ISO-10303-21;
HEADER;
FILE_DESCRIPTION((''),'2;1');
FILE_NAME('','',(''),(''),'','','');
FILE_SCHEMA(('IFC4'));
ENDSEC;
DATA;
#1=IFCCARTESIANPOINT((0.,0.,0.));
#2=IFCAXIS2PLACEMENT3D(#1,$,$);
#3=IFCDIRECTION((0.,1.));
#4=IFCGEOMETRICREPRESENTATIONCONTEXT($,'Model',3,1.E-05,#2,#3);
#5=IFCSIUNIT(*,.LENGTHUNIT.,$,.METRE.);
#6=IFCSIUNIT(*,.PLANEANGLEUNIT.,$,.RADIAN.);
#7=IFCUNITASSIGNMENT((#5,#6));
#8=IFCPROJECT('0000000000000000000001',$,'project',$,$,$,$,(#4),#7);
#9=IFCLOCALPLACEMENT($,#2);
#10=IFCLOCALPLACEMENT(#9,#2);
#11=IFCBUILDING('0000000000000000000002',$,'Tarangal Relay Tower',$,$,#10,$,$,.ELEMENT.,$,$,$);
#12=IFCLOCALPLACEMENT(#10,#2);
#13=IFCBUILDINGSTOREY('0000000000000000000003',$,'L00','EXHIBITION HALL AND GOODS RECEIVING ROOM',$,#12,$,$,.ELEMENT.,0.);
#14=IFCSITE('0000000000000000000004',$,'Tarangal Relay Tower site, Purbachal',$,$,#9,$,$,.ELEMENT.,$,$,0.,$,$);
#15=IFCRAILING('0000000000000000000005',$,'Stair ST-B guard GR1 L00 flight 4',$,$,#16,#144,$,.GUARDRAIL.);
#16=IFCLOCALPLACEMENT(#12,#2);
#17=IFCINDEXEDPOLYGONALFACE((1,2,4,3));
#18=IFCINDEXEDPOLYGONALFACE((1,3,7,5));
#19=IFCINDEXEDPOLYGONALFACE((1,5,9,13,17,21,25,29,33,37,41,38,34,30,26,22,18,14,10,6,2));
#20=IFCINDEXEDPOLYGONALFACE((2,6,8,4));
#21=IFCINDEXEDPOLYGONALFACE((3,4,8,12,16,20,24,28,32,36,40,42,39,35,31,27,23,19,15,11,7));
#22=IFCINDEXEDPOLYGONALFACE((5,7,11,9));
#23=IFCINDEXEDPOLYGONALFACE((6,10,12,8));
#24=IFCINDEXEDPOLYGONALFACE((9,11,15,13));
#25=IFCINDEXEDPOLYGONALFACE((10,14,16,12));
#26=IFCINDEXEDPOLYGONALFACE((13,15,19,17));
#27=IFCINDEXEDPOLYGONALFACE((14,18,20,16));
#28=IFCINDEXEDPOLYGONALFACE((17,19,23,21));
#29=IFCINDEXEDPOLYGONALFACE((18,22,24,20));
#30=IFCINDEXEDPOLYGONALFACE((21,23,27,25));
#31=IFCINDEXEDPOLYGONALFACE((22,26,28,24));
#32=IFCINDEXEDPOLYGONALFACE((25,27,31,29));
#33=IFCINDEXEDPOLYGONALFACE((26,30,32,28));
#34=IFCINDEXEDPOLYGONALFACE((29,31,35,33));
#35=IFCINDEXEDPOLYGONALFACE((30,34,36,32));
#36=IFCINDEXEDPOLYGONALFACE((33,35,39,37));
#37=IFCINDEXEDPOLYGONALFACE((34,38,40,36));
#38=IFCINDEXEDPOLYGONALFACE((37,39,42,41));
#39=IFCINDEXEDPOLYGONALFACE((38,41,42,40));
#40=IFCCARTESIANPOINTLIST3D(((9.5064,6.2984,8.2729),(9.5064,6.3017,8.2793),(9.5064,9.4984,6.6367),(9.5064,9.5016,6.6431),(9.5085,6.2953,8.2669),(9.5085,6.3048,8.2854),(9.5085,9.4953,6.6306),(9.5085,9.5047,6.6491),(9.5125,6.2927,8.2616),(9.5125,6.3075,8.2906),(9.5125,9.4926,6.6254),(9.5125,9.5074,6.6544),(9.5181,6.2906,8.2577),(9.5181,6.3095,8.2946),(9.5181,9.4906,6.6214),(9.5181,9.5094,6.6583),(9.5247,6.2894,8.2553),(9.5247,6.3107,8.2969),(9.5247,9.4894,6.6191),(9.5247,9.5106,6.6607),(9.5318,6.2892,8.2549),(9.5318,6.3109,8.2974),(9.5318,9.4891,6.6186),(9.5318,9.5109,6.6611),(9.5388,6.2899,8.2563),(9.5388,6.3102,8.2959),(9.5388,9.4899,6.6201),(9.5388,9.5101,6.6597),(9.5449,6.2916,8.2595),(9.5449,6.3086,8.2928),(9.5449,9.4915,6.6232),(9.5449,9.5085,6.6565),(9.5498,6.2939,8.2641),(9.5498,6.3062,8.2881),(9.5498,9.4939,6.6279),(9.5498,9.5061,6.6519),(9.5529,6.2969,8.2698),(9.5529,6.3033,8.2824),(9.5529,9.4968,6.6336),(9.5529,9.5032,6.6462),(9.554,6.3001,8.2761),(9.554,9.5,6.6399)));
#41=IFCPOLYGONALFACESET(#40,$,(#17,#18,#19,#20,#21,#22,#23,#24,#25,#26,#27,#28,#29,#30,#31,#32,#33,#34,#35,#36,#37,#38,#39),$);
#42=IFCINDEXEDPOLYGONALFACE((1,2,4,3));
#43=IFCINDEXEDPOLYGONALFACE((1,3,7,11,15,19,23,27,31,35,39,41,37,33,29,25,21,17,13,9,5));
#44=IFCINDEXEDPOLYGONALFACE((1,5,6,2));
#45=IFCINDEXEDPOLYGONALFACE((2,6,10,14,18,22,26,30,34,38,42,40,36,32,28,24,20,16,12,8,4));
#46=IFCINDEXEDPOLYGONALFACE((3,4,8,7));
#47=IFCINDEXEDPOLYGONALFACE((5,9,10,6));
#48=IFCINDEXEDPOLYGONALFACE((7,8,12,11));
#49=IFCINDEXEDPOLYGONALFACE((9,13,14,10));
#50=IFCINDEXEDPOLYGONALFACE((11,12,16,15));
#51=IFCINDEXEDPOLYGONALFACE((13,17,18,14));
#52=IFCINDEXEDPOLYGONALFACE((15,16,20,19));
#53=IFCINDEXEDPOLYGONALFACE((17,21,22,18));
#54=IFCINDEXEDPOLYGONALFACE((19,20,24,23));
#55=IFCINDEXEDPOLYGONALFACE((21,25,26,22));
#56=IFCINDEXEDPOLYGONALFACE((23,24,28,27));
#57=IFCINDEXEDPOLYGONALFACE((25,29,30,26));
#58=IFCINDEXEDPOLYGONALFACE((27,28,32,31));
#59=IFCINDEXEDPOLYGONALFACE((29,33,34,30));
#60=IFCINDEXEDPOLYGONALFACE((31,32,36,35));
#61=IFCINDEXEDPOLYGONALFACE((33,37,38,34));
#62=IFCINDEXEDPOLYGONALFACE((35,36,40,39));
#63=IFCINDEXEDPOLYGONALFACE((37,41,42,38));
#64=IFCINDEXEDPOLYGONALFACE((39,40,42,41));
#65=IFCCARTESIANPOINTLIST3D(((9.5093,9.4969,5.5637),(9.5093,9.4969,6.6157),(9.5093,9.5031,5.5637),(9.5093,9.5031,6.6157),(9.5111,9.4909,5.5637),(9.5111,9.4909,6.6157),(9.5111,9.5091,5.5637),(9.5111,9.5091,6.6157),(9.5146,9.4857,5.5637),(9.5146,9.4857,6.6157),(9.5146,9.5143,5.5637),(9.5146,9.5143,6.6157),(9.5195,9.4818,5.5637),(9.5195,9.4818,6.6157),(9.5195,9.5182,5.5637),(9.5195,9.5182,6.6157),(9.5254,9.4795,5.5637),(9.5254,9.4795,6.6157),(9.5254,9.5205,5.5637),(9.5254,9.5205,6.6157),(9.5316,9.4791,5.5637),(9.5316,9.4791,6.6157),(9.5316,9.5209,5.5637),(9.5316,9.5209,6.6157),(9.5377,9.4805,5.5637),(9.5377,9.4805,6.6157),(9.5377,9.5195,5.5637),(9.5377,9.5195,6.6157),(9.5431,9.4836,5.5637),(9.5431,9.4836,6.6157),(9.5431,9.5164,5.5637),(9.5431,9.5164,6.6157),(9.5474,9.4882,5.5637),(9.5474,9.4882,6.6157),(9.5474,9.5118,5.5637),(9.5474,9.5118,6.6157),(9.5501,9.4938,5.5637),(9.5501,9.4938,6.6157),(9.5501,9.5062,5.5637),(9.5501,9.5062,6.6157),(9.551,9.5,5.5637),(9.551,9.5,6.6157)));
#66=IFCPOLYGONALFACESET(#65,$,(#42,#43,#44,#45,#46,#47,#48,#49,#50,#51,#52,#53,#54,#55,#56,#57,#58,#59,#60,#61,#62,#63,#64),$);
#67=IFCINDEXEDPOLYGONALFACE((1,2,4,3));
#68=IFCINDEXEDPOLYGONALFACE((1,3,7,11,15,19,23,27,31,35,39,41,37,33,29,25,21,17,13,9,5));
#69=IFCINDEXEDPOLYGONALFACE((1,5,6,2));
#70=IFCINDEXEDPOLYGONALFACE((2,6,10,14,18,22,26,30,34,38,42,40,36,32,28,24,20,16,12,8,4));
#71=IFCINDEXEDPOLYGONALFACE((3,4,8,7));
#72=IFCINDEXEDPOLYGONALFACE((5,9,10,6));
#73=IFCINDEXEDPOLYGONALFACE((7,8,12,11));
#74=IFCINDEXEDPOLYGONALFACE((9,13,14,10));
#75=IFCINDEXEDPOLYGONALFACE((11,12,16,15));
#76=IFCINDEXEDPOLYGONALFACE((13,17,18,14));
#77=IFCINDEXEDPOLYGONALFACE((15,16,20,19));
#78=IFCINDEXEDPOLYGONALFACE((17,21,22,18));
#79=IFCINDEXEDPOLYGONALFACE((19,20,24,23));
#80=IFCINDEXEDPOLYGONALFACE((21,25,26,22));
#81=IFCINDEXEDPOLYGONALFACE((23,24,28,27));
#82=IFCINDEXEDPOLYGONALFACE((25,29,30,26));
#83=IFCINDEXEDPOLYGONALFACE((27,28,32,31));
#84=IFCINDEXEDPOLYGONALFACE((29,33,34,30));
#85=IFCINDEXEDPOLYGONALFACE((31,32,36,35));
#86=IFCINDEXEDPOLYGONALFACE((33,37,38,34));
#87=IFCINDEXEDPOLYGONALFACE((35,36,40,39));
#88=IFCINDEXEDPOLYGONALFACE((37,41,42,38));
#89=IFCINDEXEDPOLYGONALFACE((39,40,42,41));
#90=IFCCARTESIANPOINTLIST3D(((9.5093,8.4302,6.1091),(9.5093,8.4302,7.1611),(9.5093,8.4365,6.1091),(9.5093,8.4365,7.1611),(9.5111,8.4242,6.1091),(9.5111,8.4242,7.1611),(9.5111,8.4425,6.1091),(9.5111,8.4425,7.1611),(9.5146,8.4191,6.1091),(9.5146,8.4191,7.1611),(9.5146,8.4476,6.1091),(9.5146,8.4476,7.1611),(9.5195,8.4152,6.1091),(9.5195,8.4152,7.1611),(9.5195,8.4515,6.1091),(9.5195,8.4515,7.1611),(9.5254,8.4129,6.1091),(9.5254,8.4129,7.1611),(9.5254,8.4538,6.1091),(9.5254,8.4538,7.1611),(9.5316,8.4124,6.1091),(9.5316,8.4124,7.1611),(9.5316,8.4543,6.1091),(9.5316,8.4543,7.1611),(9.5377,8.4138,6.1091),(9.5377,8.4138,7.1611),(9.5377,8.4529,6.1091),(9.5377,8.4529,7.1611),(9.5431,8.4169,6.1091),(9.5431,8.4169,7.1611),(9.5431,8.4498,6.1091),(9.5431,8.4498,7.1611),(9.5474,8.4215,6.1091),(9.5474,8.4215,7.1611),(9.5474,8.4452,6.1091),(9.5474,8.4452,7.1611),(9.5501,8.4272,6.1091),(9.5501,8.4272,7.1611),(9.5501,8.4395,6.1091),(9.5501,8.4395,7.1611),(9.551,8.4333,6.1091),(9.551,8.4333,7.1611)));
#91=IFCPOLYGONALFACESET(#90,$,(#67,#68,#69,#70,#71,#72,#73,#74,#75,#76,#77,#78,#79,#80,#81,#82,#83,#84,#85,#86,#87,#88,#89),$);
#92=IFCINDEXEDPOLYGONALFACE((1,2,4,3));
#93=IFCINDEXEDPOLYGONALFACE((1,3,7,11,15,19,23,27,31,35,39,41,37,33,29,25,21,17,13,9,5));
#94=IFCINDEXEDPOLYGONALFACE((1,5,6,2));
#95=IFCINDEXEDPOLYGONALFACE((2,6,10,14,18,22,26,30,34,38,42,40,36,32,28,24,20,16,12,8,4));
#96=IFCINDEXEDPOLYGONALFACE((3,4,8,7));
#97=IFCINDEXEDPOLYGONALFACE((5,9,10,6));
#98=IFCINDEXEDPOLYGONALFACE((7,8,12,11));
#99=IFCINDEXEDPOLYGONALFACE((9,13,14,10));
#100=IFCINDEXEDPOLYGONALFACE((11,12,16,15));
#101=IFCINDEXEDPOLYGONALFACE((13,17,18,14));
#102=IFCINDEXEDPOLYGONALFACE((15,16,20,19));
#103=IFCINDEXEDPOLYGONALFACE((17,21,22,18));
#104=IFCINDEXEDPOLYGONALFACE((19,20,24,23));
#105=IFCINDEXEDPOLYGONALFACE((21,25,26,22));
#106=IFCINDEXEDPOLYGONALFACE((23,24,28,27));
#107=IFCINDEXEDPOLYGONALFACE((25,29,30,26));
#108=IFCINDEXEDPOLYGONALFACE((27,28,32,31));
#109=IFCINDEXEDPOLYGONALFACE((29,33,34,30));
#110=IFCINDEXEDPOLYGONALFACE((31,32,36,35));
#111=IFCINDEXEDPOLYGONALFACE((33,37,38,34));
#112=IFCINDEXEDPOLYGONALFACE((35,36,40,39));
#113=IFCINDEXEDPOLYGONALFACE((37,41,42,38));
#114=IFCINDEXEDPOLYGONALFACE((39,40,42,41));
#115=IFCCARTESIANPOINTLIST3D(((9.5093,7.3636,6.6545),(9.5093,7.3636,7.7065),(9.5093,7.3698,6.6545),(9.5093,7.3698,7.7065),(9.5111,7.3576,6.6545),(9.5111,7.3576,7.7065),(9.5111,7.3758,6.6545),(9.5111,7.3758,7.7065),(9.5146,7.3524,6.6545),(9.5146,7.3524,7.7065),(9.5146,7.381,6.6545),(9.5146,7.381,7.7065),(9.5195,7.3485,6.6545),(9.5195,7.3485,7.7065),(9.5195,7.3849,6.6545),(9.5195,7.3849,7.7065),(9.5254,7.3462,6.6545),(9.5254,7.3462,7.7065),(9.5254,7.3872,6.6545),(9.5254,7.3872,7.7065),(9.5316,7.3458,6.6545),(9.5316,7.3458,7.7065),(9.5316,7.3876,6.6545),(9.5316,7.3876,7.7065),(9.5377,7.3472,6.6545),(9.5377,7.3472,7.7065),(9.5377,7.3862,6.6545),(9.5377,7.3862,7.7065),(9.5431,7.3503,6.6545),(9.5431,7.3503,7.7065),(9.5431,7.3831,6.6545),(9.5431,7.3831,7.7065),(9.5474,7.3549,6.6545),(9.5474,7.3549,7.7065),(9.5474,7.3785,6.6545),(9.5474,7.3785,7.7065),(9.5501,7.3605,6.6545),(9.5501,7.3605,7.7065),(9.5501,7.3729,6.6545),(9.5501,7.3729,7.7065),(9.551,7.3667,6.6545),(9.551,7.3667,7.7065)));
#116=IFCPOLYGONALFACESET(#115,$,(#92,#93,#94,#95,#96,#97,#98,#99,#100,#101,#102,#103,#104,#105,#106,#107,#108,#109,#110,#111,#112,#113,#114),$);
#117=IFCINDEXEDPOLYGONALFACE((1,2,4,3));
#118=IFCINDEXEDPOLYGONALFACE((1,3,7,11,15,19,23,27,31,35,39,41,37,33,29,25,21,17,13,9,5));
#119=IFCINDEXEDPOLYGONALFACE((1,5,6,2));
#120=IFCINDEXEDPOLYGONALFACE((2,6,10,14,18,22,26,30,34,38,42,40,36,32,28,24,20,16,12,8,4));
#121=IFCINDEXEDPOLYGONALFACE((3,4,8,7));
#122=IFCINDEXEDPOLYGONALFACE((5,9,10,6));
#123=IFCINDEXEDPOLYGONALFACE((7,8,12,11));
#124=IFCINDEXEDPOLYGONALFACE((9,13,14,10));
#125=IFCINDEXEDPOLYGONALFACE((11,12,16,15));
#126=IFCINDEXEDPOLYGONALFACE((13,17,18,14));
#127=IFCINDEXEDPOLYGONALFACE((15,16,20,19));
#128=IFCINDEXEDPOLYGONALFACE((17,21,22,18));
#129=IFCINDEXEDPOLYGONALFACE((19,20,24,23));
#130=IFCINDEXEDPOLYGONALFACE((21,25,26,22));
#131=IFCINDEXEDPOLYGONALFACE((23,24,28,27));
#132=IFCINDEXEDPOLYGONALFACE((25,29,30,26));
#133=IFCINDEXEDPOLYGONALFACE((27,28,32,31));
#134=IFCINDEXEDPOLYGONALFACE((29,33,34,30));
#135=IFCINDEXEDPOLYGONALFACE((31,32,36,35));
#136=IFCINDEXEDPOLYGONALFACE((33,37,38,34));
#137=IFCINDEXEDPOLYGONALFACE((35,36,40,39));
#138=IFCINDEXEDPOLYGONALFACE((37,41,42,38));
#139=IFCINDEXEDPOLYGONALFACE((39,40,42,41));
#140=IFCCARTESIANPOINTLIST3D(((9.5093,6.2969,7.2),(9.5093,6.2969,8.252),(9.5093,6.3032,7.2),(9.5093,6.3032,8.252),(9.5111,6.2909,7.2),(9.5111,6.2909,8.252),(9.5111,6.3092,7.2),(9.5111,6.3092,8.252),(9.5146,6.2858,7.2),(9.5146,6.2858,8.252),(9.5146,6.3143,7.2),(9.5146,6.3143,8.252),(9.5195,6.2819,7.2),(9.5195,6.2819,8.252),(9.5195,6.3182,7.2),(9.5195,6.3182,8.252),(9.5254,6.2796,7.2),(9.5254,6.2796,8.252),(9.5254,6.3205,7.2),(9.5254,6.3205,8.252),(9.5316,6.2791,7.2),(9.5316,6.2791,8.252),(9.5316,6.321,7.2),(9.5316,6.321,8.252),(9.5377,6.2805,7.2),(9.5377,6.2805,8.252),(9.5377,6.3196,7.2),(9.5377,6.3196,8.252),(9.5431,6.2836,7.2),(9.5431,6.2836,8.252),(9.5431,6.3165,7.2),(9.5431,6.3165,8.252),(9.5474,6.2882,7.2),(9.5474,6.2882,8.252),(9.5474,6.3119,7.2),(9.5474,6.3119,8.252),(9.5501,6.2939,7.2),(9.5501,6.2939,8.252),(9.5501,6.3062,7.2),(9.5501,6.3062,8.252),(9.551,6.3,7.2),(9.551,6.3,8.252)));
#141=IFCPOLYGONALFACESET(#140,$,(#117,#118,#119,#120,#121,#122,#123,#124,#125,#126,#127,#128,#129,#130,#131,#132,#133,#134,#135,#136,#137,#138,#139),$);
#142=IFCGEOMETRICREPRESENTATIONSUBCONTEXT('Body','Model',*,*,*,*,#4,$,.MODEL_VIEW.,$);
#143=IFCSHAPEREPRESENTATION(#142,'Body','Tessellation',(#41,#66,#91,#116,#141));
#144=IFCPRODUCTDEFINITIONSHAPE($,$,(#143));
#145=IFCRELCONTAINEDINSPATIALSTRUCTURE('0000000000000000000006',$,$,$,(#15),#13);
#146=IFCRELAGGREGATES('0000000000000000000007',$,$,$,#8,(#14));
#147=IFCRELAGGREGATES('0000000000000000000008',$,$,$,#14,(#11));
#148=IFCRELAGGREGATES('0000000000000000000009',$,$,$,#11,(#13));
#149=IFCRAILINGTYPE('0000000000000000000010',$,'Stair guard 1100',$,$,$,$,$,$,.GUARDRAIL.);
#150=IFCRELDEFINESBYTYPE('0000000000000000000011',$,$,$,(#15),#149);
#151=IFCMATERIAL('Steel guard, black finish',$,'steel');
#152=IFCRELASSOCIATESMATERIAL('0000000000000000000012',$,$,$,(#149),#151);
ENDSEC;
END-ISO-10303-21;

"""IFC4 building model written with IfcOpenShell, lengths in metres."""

from ifc_helpers import new_model, si_unit, direction, frame, origin, origin_2d, place, context, subcontext, project, spatial, circle, extrude, material, type_object, element, save


model = new_model("IFC4")

# Units and contexts
model_context = context("Model", 3, precision=1e-05, world=origin(), true_north=direction((0.0, 1.0)))
body_context = subcontext(model_context, "Body", "Model", "MODEL_VIEW")
ifc_project = project(units=[si_unit("LENGTHUNIT", "METRE"), si_unit("PLANEANGLEUNIT", "RADIAN")], contexts=[model_context])

# Site, building, storey
site_placement = place(None, origin())
site = spatial("IfcSite", under=ifc_project, at=site_placement, Name="Tarangal Relay Tower site, Purbachal", CompositionType="ELEMENT", RefElevation=0.0)
building_placement = place(site_placement, origin())
building = spatial("IfcBuilding", under=site, at=building_placement, Name="Tarangal Relay Tower", CompositionType="ELEMENT")
storey_placement = place(building_placement, origin())
storey = spatial("IfcBuildingStorey", under=building, at=storey_placement, Name="L00", Description="EXHIBITION HALL AND GOODS RECEIVING ROOM", CompositionType="ELEMENT", Elevation=0.0)

# Railing
ifc_material_1 = material(Name="Steel guard, black finish", Category="steel")
railing_type = type_object("IfcRailingType", Name="Stair guard 1100", PredefinedType="GUARDRAIL", material=ifc_material_1)
railing_1_placement = place(storey_placement, frame((9.53, 9.5, 5.5637)))
element("IfcRailing", 1, at=railing_1_placement, inside=storey, type_object=railing_type, Name="Stair ST-B guard GR1 L00 flight 4", PredefinedType="GUARDRAIL", context=body_context, shape_type="SweptSolid", body=[
    extrude(circle(Radius=0.0239, at=origin_2d()), frame((0.0, 0.0, 1.0762), z_axis=(0.0, -0.890356, 0.455265), x_axis=(1.0, 0.0, 0.0)), (0.0, 0.0, 1.0), 3.594),
    extrude(circle(Radius=0.021, at=origin_2d()), origin(), (0.0, 0.0, 1.0), 1.052),
    extrude(circle(Radius=0.021, at=origin_2d()), frame((0.0, -1.0667, 0.5454)), (0.0, 0.0, 1.0), 1.052),
    extrude(circle(Radius=0.021, at=origin_2d()), frame((0.0, -2.1333, 1.0908)), (0.0, 0.0, 1.0), 1.052),
    extrude(circle(Radius=0.021, at=origin_2d()), frame((0.0, -3.2, 1.6362)), (0.0, 0.0, 1.0), 1.052),
])

save(model, "model.ifc")
